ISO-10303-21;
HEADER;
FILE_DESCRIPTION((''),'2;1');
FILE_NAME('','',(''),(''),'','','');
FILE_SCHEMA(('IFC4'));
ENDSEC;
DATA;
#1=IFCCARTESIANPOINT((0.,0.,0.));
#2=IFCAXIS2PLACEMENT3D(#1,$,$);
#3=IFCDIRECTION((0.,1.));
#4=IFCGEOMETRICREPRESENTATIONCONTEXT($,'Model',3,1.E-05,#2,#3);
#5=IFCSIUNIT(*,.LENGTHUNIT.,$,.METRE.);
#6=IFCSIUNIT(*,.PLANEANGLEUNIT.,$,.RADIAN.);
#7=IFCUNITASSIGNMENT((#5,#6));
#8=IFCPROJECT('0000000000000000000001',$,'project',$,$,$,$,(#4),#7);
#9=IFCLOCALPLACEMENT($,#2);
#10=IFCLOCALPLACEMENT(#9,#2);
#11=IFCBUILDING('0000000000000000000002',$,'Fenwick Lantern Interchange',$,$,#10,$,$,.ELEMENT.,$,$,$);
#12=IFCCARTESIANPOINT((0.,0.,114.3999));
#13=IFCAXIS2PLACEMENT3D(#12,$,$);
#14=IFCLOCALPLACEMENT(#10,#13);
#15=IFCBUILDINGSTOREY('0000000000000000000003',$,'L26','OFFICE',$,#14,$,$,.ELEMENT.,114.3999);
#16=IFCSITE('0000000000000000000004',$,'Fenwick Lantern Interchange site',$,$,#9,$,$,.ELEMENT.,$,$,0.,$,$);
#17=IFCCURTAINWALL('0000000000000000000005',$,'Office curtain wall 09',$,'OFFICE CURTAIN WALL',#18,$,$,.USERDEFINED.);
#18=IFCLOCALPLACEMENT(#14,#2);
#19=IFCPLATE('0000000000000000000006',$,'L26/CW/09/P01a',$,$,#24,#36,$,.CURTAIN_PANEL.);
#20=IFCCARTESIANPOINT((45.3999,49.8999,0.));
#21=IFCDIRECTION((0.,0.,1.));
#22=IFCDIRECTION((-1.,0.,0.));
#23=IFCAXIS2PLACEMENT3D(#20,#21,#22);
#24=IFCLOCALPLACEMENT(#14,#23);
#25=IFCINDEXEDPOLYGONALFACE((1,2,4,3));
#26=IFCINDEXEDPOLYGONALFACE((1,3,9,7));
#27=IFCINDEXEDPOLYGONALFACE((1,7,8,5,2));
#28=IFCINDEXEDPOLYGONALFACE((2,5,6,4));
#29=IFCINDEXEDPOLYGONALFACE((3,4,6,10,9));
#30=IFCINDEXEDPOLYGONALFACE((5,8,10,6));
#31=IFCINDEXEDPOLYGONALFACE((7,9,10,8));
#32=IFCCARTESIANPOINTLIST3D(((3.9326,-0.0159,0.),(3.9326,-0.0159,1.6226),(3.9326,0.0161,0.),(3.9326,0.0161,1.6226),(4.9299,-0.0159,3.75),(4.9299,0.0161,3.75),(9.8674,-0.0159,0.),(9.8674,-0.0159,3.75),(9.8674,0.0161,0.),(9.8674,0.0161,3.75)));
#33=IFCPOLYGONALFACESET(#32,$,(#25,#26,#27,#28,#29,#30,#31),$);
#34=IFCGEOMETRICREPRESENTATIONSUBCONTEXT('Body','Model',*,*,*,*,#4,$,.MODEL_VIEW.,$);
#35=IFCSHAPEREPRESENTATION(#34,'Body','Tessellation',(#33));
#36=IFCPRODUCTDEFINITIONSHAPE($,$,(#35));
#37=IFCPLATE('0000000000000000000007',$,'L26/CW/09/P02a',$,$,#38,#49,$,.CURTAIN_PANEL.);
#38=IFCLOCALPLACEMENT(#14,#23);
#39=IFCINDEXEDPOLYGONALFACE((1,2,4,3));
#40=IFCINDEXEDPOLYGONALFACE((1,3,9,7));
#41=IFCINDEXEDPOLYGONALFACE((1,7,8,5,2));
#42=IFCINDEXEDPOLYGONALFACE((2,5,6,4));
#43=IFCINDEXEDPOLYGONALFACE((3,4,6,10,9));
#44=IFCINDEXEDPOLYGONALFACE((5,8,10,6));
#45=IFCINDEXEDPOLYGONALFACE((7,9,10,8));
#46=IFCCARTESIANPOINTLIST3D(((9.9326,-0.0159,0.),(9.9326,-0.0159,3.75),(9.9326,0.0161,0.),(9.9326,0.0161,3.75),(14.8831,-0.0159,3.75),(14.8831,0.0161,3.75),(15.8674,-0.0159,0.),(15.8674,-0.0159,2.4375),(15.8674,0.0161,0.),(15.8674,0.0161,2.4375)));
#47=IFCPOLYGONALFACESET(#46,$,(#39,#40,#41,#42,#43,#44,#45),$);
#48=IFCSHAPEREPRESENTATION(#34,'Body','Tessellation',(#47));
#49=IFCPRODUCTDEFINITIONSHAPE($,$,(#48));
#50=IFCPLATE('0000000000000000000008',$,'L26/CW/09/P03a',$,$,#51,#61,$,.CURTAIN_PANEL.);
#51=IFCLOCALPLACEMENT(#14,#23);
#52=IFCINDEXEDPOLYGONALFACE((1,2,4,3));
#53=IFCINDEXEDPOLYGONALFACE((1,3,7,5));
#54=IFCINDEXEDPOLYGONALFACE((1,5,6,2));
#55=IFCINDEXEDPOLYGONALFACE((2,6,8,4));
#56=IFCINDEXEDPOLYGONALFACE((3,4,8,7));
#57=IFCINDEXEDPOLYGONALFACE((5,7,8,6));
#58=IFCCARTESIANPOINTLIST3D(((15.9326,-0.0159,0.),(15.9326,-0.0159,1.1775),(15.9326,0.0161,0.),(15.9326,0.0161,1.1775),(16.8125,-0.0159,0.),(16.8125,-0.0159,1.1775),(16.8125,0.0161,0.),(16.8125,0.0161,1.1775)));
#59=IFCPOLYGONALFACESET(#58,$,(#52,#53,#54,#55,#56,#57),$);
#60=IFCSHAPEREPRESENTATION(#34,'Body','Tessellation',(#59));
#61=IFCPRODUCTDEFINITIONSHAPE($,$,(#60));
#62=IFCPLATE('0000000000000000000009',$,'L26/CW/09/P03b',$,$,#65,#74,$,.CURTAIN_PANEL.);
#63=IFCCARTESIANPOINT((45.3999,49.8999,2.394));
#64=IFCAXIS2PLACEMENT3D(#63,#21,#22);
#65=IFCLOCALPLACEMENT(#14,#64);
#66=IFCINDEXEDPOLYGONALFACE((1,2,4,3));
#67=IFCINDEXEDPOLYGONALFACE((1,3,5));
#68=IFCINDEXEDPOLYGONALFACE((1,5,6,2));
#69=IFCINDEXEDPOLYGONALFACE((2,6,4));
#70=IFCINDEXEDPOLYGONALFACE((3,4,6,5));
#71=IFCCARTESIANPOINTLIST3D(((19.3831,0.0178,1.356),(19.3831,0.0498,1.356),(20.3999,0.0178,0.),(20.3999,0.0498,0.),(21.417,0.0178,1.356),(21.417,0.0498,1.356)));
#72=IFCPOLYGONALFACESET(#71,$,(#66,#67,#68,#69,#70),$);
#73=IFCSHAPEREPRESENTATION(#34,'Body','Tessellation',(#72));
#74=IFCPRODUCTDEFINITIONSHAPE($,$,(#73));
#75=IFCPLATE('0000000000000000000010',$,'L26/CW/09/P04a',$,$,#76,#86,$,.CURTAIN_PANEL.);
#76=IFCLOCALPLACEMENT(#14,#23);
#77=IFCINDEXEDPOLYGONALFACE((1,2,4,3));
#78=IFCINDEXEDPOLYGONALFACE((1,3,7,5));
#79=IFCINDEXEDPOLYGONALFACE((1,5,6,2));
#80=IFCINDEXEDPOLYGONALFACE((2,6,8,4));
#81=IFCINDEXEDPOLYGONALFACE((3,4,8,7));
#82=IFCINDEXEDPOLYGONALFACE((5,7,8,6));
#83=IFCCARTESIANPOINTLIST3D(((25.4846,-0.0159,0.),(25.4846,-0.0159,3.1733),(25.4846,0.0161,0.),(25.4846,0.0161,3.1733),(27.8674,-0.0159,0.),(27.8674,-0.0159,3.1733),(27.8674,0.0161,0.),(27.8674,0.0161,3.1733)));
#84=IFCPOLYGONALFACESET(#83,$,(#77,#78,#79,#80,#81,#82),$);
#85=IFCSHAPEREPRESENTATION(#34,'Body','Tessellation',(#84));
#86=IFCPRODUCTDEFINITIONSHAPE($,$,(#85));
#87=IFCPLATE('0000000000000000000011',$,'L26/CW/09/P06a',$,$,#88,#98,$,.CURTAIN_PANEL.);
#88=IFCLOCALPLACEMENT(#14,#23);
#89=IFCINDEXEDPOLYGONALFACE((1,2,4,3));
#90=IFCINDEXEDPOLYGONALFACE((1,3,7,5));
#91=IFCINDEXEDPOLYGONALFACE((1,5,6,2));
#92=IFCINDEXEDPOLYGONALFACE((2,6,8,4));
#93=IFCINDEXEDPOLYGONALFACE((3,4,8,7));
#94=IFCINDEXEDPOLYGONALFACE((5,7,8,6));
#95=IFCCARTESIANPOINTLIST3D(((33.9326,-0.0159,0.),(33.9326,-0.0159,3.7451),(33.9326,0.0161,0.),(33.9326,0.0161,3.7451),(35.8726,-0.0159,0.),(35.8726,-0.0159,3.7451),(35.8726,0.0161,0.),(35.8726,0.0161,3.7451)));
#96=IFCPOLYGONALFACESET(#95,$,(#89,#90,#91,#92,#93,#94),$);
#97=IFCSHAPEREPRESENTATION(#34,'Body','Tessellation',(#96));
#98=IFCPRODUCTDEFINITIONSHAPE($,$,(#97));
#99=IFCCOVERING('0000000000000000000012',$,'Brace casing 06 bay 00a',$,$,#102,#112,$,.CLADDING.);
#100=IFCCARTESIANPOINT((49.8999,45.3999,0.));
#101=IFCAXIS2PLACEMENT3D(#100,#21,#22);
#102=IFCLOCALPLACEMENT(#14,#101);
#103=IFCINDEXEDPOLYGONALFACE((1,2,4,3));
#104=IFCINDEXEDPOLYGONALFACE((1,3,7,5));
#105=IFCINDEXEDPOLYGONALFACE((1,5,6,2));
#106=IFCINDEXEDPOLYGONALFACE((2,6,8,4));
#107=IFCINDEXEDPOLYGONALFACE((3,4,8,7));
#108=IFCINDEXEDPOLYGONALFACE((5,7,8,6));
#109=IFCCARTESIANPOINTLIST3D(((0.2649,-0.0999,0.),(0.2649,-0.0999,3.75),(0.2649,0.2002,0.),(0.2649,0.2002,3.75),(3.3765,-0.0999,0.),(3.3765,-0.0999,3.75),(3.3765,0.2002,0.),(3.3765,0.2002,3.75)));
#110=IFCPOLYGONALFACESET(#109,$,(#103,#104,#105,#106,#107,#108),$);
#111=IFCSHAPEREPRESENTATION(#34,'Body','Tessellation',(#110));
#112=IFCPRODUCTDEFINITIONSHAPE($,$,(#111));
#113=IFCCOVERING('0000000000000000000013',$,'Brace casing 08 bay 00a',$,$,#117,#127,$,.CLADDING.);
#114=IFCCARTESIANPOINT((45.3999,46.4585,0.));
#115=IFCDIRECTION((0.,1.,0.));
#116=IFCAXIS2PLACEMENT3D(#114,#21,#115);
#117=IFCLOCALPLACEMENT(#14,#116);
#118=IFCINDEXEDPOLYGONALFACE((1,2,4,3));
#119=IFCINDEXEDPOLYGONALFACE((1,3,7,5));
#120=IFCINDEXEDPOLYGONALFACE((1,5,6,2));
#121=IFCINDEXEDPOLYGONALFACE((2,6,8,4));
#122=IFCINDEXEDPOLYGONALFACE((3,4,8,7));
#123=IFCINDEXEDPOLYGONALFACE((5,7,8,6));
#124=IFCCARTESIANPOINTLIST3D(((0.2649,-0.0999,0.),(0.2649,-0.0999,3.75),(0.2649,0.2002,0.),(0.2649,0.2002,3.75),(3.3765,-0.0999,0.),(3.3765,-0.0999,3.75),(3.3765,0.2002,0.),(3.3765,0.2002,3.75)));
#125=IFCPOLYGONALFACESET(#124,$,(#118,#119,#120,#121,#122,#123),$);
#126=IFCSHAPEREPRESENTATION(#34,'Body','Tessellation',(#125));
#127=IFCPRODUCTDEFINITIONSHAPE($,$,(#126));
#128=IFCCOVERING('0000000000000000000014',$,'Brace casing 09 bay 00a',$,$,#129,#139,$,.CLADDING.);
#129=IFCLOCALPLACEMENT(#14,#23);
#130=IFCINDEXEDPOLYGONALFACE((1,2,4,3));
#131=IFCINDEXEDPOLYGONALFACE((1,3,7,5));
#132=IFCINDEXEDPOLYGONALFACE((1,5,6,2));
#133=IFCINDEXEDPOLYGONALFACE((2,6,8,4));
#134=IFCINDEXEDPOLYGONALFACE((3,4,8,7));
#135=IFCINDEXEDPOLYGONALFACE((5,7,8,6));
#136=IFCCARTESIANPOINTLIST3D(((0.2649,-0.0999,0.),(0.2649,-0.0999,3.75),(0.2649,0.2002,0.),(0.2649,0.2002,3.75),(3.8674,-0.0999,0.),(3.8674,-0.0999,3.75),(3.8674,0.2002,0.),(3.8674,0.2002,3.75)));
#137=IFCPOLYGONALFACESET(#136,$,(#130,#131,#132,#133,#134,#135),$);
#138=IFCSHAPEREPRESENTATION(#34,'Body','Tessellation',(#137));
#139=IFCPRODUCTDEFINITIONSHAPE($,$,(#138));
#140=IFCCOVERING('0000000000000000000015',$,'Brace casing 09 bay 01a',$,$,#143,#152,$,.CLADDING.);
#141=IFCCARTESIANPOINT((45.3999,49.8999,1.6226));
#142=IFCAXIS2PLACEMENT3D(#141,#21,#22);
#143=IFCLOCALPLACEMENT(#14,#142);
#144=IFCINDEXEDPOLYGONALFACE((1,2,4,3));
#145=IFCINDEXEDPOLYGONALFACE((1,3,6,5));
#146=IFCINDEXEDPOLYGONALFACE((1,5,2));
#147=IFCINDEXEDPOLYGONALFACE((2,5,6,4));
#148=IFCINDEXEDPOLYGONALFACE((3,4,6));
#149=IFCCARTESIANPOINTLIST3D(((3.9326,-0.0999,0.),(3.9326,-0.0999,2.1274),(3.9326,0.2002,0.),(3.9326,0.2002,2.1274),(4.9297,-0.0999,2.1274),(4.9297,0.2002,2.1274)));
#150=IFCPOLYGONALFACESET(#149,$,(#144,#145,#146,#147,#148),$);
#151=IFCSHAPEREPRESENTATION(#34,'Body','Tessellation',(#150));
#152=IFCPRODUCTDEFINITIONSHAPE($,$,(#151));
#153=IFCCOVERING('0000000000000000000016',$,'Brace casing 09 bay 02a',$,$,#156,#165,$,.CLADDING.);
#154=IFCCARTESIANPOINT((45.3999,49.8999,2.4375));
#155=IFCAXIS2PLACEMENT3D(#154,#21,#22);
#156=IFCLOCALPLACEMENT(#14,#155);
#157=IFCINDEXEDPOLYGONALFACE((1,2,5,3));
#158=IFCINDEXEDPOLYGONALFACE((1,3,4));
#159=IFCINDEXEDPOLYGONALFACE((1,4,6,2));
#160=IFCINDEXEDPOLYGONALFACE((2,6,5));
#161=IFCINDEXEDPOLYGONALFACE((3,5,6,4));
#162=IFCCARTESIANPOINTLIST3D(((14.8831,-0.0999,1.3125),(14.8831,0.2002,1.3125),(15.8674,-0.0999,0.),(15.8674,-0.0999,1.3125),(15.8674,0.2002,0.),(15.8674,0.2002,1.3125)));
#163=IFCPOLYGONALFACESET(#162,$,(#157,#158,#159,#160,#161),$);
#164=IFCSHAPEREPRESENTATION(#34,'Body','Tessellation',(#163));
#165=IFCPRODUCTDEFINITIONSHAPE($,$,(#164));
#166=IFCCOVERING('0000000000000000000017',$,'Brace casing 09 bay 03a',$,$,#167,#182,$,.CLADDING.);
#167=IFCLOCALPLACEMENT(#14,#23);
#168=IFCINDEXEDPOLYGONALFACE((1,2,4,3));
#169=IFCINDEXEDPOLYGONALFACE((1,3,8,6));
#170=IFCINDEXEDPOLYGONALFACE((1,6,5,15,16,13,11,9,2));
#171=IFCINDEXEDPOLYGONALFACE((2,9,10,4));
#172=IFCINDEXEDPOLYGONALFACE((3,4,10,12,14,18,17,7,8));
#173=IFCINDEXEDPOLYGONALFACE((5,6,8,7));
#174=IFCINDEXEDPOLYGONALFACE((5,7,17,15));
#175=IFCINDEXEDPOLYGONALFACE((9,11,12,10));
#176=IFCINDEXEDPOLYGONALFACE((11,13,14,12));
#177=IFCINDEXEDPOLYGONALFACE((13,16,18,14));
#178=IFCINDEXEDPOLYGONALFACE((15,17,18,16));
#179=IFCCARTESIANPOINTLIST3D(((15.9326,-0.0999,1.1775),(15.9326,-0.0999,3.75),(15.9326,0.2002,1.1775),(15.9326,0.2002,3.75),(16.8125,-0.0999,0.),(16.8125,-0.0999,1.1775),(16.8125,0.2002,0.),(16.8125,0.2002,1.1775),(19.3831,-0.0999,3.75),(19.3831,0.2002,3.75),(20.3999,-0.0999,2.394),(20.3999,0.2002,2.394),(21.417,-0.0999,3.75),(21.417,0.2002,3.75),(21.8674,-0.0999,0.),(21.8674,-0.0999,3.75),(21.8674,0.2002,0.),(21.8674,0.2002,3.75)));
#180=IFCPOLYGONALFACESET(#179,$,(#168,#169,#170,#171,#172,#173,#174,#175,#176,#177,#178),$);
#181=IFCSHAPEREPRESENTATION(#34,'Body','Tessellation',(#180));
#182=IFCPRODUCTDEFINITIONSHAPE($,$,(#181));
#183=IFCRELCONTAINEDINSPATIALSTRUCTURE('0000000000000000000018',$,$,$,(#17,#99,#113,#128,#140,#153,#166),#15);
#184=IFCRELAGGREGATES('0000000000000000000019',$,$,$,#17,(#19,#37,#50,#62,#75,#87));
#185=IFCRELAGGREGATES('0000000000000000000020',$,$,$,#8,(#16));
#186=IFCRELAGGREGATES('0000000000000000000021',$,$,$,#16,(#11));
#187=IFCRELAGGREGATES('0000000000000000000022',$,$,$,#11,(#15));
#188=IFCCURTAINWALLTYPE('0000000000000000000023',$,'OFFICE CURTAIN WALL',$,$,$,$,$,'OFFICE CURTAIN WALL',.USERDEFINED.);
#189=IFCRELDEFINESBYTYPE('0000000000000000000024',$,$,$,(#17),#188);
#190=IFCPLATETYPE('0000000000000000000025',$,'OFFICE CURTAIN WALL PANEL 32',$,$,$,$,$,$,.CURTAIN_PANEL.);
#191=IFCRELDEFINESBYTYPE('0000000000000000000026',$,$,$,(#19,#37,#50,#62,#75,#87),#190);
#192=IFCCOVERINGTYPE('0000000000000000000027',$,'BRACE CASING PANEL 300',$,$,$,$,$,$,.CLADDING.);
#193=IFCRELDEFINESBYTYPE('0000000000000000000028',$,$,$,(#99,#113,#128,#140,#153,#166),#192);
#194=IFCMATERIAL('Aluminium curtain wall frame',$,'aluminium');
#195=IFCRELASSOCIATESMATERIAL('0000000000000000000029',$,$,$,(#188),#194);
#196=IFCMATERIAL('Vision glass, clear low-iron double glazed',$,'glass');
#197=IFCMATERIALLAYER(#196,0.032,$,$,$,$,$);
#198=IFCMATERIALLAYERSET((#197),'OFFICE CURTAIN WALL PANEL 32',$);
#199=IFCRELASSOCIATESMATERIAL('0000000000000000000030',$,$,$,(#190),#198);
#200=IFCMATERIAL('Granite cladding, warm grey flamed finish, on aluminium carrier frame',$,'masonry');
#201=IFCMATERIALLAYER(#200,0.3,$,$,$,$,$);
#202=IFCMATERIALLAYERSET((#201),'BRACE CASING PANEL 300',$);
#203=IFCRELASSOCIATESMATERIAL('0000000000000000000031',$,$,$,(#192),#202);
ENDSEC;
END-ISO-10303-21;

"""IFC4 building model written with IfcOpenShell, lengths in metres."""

from ifc_helpers import new_model, si_unit, direction, frame, origin, place, context, subcontext, project, spatial, polyline, outline, extrude, material, layer, layer_set, type_object, element, aggregate, save


model = new_model("IFC4")

# Units and contexts
model_context = context("Model", 3, precision=1e-05, world=origin(), true_north=direction((0.0, 1.0)))
body_context = subcontext(model_context, "Body", "Model", "MODEL_VIEW")
ifc_project = project(units=[si_unit("LENGTHUNIT", "METRE"), si_unit("PLANEANGLEUNIT", "RADIAN")], contexts=[model_context])

# Site, building, storey
site_placement = place(None, origin())
site = spatial("IfcSite", under=ifc_project, at=site_placement, Name="Fenwick Lantern Interchange site", CompositionType="ELEMENT", RefElevation=0.0)
building_placement = place(site_placement, origin())
building = spatial("IfcBuilding", under=site, at=building_placement, Name="Fenwick Lantern Interchange", CompositionType="ELEMENT")
storey_placement = place(building_placement, frame((0.0, 0.0, 114.3999)))
storey = spatial("IfcBuildingStorey", under=building, at=storey_placement, Name="L26", Description="OFFICE", CompositionType="ELEMENT", Elevation=114.3999)

# Curtain wall
ifc_material_1 = material(Name="Aluminium curtain wall frame", Category="aluminium")
curtain_wall_type = type_object("IfcCurtainWallType", Name="OFFICE CURTAIN WALL", ElementType="OFFICE CURTAIN WALL", PredefinedType="USERDEFINED", material=ifc_material_1)
curtain_wall_1_placement = place(storey_placement, origin())
curtain_wall_1 = element("IfcCurtainWall", 1, at=curtain_wall_1_placement, inside=storey, type_object=curtain_wall_type, Name="Office curtain wall 09", ObjectType="OFFICE CURTAIN WALL", PredefinedType="USERDEFINED")

# Plates
ifc_material_2 = material(Name="Vision glass, clear low-iron double glazed", Category="glass")
ifc_layer_1 = layer(ifc_material_2, 0.032)
ifc_layer_set_1 = layer_set([ifc_layer_1], Name="OFFICE CURTAIN WALL PANEL 32")
plate_type = type_object("IfcPlateType", Name="OFFICE CURTAIN WALL PANEL 32", PredefinedType="CURTAIN_PANEL", material=ifc_layer_set_1)
plate_1_placement = place(storey_placement, frame((45.3999, 49.8999, 0.0), z_axis=(0.0, 0.0, 1.0), x_axis=(-1.0, 0.0, 0.0)))
plate_1 = element("IfcPlate", 2, at=plate_1_placement, type_object=plate_type, Name="L26/CW/09/P01a", PredefinedType="CURTAIN_PANEL", context=body_context, shape_type="SweptSolid", body=[
    extrude(outline(polyline([(3.9326, 0.0), (9.8674, 0.0), (9.8674, 3.75), (4.9299, 3.75), (3.9326, 1.6226), (3.9326, 0.0)])), frame((0.0, 0.0161, 0.0), z_axis=(0.0, -1.0, 0.0), x_axis=(1.0, 0.0, 0.0)), (0.0, 0.0, 1.0), 0.032),
])
plate_2_placement = place(storey_placement, frame((45.3999, 49.8999, 0.0), z_axis=(0.0, 0.0, 1.0), x_axis=(-1.0, 0.0, 0.0)))
plate_2 = element("IfcPlate", 3, at=plate_2_placement, type_object=plate_type, Name="L26/CW/09/P02a", PredefinedType="CURTAIN_PANEL", context=body_context, shape_type="SweptSolid", body=[
    extrude(outline(polyline([(9.9326, 0.0), (15.8674, 0.0), (15.8674, 2.4375), (14.8831, 3.75), (9.9326, 3.75), (9.9326, 0.0)])), frame((0.0, 0.0161, 0.0), z_axis=(0.0, -1.0, 0.0), x_axis=(1.0, 0.0, 0.0)), (0.0, 0.0, 1.0), 0.032),
])
plate_3_placement = place(storey_placement, frame((45.3999, 49.8999, 0.0), z_axis=(0.0, 0.0, 1.0), x_axis=(-1.0, 0.0, 0.0)))
plate_3 = element("IfcPlate", 4, at=plate_3_placement, type_object=plate_type, Name="L26/CW/09/P03a", PredefinedType="CURTAIN_PANEL", context=body_context, shape_type="SweptSolid", body=[
    extrude(outline(polyline([(15.9326, 0.0), (16.8125, 0.0), (16.8125, 1.1775), (15.9326, 1.1775), (15.9326, 0.0)])), frame((0.0, 0.0161, 0.0), z_axis=(0.0, -1.0, 0.0), x_axis=(1.0, 0.0, 0.0)), (0.0, 0.0, 1.0), 0.032),
])
plate_4_placement = place(storey_placement, frame((45.3999, 49.8999, 2.394), z_axis=(0.0, 0.0, 1.0), x_axis=(-1.0, 0.0, 0.0)))
plate_4 = element("IfcPlate", 5, at=plate_4_placement, type_object=plate_type, Name="L26/CW/09/P03b", PredefinedType="CURTAIN_PANEL", context=body_context, shape_type="SweptSolid", body=[
    extrude(outline(polyline([(20.3999, 0.0), (21.417, 1.356), (19.3831, 1.356), (20.3999, 0.0)])), frame((0.0, 0.0498, 0.0), z_axis=(0.0, -1.0, 0.0), x_axis=(1.0, 0.0, 0.0)), (0.0, 0.0, 1.0), 0.032),
])
plate_5_placement = place(storey_placement, frame((45.3999, 49.8999, 0.0), z_axis=(0.0, 0.0, 1.0), x_axis=(-1.0, 0.0, 0.0)))
plate_5 = element("IfcPlate", 6, at=plate_5_placement, type_object=plate_type, Name="L26/CW/09/P04a", PredefinedType="CURTAIN_PANEL", context=body_context, shape_type="SweptSolid", body=[
    extrude(outline(polyline([(25.4846, 0.0), (27.8674, 0.0), (27.8674, 3.1733), (25.4846, 3.1733), (25.4846, 0.0)])), frame((0.0, 0.0161, 0.0), z_axis=(0.0, -1.0, 0.0), x_axis=(1.0, 0.0, 0.0)), (0.0, 0.0, 1.0), 0.032),
])
plate_6_placement = place(storey_placement, frame((45.3999, 49.8999, 0.0), z_axis=(0.0, 0.0, 1.0), x_axis=(-1.0, 0.0, 0.0)))
plate_6 = element("IfcPlate", 7, at=plate_6_placement, type_object=plate_type, Name="L26/CW/09/P06a", PredefinedType="CURTAIN_PANEL", context=body_context, shape_type="SweptSolid", body=[
    extrude(outline(polyline([(33.9326, 0.0), (35.8726, 0.0), (35.8726, 3.7451), (33.9326, 3.7451), (33.9326, 0.0)])), frame((0.0, 0.0161, 0.0), z_axis=(0.0, -1.0, 0.0), x_axis=(1.0, 0.0, 0.0)), (0.0, 0.0, 1.0), 0.032),
])
aggregate(curtain_wall_1, [plate_1, plate_2, plate_3, plate_4, plate_5, plate_6])

# Coverings
ifc_material_3 = material(Name="Granite cladding, warm grey flamed finish, on aluminium carrier frame", Category="masonry")
ifc_layer_2 = layer(ifc_material_3, 0.3)
ifc_layer_set_2 = layer_set([ifc_layer_2], Name="BRACE CASING PANEL 300")
covering_type = type_object("IfcCoveringType", Name="BRACE CASING PANEL 300", PredefinedType="CLADDING", material=ifc_layer_set_2)
for number, where, z_axis, x_axis, name in (
    (8, (49.8999, 45.3999, 0.0), (0.0, 0.0, 1.0), (-1.0, 0.0, 0.0), "Brace casing 06 bay 00a"),
    (9, (45.3999, 46.4585, 0.0), (0.0, 0.0, 1.0), (0.0, 1.0, 0.0), "Brace casing 08 bay 00a"),
):
    element("IfcCovering", number, at=place(storey_placement, frame(where, z_axis=z_axis, x_axis=x_axis)), inside=storey, type_object=covering_type, Name=name, PredefinedType="CLADDING", context=body_context, shape_type="SweptSolid", body=[
        extrude(outline(polyline([(0.2649, 0.0), (3.3765, 0.0), (3.3765, 3.75), (0.2649, 3.75), (0.2649, 0.0)])), frame((0.0, 0.2002, 0.0), z_axis=(0.0, -1.0, 0.0), x_axis=(1.0, 0.0, 0.0)), (0.0, 0.0, 1.0), 0.3),
    ])
covering_1_placement = place(storey_placement, frame((45.3999, 49.8999, 0.0), z_axis=(0.0, 0.0, 1.0), x_axis=(-1.0, 0.0, 0.0)))
element("IfcCovering", 10, at=covering_1_placement, inside=storey, type_object=covering_type, Name="Brace casing 09 bay 00a", PredefinedType="CLADDING", context=body_context, shape_type="SweptSolid", body=[
    extrude(outline(polyline([(0.2649, 0.0), (3.8674, 0.0), (3.8674, 3.75), (0.2649, 3.75), (0.2649, 0.0)])), frame((0.0, 0.2002, 0.0), z_axis=(0.0, -1.0, 0.0), x_axis=(1.0, 0.0, 0.0)), (0.0, 0.0, 1.0), 0.3),
])
covering_2_placement = place(storey_placement, frame((45.3999, 49.8999, 1.6226), z_axis=(0.0, 0.0, 1.0), x_axis=(-1.0, 0.0, 0.0)))
element("IfcCovering", 11, at=covering_2_placement, inside=storey, type_object=covering_type, Name="Brace casing 09 bay 01a", PredefinedType="CLADDING", context=body_context, shape_type="SweptSolid", body=[
    extrude(outline(polyline([(3.9326, 0.0), (4.9297, 2.1274), (3.9326, 2.1274), (3.9326, 0.0)])), frame((0.0, 0.2002, 0.0), z_axis=(0.0, -1.0, 0.0), x_axis=(1.0, 0.0, 0.0)), (0.0, 0.0, 1.0), 0.3),
])
covering_3_placement = place(storey_placement, frame((45.3999, 49.8999, 2.4375), z_axis=(0.0, 0.0, 1.0), x_axis=(-1.0, 0.0, 0.0)))
element("IfcCovering", 12, at=covering_3_placement, inside=storey, type_object=covering_type, Name="Brace casing 09 bay 02a", PredefinedType="CLADDING", context=body_context, shape_type="SweptSolid", body=[
    extrude(outline(polyline([(15.8674, 0.0), (15.8674, 1.3125), (14.8831, 1.3125), (15.8674, 0.0)])), frame((0.0, 0.2002, 0.0), z_axis=(0.0, -1.0, 0.0), x_axis=(1.0, 0.0, 0.0)), (0.0, 0.0, 1.0), 0.3),
])
covering_4_placement = place(storey_placement, frame((45.3999, 49.8999, 0.0), z_axis=(0.0, 0.0, 1.0), x_axis=(-1.0, 0.0, 0.0)))
element("IfcCovering", 13, at=covering_4_placement, inside=storey, type_object=covering_type, Name="Brace casing 09 bay 03a", PredefinedType="CLADDING", context=body_context, shape_type="SweptSolid", body=[
    extrude(outline(polyline([(16.8125, 0.0), (21.8674, 0.0), (21.8674, 3.75), (21.417, 3.75), (20.3999, 2.394), (19.3831, 3.75), (15.9326, 3.75), (15.9326, 1.1775), (16.8125, 1.1775), (16.8125, 0.0)])), frame((0.0, 0.2002, 0.0), z_axis=(0.0, -1.0, 0.0), x_axis=(1.0, 0.0, 0.0)), (0.0, 0.0, 1.0), 0.3),
])

save(model, "model.ifc")
